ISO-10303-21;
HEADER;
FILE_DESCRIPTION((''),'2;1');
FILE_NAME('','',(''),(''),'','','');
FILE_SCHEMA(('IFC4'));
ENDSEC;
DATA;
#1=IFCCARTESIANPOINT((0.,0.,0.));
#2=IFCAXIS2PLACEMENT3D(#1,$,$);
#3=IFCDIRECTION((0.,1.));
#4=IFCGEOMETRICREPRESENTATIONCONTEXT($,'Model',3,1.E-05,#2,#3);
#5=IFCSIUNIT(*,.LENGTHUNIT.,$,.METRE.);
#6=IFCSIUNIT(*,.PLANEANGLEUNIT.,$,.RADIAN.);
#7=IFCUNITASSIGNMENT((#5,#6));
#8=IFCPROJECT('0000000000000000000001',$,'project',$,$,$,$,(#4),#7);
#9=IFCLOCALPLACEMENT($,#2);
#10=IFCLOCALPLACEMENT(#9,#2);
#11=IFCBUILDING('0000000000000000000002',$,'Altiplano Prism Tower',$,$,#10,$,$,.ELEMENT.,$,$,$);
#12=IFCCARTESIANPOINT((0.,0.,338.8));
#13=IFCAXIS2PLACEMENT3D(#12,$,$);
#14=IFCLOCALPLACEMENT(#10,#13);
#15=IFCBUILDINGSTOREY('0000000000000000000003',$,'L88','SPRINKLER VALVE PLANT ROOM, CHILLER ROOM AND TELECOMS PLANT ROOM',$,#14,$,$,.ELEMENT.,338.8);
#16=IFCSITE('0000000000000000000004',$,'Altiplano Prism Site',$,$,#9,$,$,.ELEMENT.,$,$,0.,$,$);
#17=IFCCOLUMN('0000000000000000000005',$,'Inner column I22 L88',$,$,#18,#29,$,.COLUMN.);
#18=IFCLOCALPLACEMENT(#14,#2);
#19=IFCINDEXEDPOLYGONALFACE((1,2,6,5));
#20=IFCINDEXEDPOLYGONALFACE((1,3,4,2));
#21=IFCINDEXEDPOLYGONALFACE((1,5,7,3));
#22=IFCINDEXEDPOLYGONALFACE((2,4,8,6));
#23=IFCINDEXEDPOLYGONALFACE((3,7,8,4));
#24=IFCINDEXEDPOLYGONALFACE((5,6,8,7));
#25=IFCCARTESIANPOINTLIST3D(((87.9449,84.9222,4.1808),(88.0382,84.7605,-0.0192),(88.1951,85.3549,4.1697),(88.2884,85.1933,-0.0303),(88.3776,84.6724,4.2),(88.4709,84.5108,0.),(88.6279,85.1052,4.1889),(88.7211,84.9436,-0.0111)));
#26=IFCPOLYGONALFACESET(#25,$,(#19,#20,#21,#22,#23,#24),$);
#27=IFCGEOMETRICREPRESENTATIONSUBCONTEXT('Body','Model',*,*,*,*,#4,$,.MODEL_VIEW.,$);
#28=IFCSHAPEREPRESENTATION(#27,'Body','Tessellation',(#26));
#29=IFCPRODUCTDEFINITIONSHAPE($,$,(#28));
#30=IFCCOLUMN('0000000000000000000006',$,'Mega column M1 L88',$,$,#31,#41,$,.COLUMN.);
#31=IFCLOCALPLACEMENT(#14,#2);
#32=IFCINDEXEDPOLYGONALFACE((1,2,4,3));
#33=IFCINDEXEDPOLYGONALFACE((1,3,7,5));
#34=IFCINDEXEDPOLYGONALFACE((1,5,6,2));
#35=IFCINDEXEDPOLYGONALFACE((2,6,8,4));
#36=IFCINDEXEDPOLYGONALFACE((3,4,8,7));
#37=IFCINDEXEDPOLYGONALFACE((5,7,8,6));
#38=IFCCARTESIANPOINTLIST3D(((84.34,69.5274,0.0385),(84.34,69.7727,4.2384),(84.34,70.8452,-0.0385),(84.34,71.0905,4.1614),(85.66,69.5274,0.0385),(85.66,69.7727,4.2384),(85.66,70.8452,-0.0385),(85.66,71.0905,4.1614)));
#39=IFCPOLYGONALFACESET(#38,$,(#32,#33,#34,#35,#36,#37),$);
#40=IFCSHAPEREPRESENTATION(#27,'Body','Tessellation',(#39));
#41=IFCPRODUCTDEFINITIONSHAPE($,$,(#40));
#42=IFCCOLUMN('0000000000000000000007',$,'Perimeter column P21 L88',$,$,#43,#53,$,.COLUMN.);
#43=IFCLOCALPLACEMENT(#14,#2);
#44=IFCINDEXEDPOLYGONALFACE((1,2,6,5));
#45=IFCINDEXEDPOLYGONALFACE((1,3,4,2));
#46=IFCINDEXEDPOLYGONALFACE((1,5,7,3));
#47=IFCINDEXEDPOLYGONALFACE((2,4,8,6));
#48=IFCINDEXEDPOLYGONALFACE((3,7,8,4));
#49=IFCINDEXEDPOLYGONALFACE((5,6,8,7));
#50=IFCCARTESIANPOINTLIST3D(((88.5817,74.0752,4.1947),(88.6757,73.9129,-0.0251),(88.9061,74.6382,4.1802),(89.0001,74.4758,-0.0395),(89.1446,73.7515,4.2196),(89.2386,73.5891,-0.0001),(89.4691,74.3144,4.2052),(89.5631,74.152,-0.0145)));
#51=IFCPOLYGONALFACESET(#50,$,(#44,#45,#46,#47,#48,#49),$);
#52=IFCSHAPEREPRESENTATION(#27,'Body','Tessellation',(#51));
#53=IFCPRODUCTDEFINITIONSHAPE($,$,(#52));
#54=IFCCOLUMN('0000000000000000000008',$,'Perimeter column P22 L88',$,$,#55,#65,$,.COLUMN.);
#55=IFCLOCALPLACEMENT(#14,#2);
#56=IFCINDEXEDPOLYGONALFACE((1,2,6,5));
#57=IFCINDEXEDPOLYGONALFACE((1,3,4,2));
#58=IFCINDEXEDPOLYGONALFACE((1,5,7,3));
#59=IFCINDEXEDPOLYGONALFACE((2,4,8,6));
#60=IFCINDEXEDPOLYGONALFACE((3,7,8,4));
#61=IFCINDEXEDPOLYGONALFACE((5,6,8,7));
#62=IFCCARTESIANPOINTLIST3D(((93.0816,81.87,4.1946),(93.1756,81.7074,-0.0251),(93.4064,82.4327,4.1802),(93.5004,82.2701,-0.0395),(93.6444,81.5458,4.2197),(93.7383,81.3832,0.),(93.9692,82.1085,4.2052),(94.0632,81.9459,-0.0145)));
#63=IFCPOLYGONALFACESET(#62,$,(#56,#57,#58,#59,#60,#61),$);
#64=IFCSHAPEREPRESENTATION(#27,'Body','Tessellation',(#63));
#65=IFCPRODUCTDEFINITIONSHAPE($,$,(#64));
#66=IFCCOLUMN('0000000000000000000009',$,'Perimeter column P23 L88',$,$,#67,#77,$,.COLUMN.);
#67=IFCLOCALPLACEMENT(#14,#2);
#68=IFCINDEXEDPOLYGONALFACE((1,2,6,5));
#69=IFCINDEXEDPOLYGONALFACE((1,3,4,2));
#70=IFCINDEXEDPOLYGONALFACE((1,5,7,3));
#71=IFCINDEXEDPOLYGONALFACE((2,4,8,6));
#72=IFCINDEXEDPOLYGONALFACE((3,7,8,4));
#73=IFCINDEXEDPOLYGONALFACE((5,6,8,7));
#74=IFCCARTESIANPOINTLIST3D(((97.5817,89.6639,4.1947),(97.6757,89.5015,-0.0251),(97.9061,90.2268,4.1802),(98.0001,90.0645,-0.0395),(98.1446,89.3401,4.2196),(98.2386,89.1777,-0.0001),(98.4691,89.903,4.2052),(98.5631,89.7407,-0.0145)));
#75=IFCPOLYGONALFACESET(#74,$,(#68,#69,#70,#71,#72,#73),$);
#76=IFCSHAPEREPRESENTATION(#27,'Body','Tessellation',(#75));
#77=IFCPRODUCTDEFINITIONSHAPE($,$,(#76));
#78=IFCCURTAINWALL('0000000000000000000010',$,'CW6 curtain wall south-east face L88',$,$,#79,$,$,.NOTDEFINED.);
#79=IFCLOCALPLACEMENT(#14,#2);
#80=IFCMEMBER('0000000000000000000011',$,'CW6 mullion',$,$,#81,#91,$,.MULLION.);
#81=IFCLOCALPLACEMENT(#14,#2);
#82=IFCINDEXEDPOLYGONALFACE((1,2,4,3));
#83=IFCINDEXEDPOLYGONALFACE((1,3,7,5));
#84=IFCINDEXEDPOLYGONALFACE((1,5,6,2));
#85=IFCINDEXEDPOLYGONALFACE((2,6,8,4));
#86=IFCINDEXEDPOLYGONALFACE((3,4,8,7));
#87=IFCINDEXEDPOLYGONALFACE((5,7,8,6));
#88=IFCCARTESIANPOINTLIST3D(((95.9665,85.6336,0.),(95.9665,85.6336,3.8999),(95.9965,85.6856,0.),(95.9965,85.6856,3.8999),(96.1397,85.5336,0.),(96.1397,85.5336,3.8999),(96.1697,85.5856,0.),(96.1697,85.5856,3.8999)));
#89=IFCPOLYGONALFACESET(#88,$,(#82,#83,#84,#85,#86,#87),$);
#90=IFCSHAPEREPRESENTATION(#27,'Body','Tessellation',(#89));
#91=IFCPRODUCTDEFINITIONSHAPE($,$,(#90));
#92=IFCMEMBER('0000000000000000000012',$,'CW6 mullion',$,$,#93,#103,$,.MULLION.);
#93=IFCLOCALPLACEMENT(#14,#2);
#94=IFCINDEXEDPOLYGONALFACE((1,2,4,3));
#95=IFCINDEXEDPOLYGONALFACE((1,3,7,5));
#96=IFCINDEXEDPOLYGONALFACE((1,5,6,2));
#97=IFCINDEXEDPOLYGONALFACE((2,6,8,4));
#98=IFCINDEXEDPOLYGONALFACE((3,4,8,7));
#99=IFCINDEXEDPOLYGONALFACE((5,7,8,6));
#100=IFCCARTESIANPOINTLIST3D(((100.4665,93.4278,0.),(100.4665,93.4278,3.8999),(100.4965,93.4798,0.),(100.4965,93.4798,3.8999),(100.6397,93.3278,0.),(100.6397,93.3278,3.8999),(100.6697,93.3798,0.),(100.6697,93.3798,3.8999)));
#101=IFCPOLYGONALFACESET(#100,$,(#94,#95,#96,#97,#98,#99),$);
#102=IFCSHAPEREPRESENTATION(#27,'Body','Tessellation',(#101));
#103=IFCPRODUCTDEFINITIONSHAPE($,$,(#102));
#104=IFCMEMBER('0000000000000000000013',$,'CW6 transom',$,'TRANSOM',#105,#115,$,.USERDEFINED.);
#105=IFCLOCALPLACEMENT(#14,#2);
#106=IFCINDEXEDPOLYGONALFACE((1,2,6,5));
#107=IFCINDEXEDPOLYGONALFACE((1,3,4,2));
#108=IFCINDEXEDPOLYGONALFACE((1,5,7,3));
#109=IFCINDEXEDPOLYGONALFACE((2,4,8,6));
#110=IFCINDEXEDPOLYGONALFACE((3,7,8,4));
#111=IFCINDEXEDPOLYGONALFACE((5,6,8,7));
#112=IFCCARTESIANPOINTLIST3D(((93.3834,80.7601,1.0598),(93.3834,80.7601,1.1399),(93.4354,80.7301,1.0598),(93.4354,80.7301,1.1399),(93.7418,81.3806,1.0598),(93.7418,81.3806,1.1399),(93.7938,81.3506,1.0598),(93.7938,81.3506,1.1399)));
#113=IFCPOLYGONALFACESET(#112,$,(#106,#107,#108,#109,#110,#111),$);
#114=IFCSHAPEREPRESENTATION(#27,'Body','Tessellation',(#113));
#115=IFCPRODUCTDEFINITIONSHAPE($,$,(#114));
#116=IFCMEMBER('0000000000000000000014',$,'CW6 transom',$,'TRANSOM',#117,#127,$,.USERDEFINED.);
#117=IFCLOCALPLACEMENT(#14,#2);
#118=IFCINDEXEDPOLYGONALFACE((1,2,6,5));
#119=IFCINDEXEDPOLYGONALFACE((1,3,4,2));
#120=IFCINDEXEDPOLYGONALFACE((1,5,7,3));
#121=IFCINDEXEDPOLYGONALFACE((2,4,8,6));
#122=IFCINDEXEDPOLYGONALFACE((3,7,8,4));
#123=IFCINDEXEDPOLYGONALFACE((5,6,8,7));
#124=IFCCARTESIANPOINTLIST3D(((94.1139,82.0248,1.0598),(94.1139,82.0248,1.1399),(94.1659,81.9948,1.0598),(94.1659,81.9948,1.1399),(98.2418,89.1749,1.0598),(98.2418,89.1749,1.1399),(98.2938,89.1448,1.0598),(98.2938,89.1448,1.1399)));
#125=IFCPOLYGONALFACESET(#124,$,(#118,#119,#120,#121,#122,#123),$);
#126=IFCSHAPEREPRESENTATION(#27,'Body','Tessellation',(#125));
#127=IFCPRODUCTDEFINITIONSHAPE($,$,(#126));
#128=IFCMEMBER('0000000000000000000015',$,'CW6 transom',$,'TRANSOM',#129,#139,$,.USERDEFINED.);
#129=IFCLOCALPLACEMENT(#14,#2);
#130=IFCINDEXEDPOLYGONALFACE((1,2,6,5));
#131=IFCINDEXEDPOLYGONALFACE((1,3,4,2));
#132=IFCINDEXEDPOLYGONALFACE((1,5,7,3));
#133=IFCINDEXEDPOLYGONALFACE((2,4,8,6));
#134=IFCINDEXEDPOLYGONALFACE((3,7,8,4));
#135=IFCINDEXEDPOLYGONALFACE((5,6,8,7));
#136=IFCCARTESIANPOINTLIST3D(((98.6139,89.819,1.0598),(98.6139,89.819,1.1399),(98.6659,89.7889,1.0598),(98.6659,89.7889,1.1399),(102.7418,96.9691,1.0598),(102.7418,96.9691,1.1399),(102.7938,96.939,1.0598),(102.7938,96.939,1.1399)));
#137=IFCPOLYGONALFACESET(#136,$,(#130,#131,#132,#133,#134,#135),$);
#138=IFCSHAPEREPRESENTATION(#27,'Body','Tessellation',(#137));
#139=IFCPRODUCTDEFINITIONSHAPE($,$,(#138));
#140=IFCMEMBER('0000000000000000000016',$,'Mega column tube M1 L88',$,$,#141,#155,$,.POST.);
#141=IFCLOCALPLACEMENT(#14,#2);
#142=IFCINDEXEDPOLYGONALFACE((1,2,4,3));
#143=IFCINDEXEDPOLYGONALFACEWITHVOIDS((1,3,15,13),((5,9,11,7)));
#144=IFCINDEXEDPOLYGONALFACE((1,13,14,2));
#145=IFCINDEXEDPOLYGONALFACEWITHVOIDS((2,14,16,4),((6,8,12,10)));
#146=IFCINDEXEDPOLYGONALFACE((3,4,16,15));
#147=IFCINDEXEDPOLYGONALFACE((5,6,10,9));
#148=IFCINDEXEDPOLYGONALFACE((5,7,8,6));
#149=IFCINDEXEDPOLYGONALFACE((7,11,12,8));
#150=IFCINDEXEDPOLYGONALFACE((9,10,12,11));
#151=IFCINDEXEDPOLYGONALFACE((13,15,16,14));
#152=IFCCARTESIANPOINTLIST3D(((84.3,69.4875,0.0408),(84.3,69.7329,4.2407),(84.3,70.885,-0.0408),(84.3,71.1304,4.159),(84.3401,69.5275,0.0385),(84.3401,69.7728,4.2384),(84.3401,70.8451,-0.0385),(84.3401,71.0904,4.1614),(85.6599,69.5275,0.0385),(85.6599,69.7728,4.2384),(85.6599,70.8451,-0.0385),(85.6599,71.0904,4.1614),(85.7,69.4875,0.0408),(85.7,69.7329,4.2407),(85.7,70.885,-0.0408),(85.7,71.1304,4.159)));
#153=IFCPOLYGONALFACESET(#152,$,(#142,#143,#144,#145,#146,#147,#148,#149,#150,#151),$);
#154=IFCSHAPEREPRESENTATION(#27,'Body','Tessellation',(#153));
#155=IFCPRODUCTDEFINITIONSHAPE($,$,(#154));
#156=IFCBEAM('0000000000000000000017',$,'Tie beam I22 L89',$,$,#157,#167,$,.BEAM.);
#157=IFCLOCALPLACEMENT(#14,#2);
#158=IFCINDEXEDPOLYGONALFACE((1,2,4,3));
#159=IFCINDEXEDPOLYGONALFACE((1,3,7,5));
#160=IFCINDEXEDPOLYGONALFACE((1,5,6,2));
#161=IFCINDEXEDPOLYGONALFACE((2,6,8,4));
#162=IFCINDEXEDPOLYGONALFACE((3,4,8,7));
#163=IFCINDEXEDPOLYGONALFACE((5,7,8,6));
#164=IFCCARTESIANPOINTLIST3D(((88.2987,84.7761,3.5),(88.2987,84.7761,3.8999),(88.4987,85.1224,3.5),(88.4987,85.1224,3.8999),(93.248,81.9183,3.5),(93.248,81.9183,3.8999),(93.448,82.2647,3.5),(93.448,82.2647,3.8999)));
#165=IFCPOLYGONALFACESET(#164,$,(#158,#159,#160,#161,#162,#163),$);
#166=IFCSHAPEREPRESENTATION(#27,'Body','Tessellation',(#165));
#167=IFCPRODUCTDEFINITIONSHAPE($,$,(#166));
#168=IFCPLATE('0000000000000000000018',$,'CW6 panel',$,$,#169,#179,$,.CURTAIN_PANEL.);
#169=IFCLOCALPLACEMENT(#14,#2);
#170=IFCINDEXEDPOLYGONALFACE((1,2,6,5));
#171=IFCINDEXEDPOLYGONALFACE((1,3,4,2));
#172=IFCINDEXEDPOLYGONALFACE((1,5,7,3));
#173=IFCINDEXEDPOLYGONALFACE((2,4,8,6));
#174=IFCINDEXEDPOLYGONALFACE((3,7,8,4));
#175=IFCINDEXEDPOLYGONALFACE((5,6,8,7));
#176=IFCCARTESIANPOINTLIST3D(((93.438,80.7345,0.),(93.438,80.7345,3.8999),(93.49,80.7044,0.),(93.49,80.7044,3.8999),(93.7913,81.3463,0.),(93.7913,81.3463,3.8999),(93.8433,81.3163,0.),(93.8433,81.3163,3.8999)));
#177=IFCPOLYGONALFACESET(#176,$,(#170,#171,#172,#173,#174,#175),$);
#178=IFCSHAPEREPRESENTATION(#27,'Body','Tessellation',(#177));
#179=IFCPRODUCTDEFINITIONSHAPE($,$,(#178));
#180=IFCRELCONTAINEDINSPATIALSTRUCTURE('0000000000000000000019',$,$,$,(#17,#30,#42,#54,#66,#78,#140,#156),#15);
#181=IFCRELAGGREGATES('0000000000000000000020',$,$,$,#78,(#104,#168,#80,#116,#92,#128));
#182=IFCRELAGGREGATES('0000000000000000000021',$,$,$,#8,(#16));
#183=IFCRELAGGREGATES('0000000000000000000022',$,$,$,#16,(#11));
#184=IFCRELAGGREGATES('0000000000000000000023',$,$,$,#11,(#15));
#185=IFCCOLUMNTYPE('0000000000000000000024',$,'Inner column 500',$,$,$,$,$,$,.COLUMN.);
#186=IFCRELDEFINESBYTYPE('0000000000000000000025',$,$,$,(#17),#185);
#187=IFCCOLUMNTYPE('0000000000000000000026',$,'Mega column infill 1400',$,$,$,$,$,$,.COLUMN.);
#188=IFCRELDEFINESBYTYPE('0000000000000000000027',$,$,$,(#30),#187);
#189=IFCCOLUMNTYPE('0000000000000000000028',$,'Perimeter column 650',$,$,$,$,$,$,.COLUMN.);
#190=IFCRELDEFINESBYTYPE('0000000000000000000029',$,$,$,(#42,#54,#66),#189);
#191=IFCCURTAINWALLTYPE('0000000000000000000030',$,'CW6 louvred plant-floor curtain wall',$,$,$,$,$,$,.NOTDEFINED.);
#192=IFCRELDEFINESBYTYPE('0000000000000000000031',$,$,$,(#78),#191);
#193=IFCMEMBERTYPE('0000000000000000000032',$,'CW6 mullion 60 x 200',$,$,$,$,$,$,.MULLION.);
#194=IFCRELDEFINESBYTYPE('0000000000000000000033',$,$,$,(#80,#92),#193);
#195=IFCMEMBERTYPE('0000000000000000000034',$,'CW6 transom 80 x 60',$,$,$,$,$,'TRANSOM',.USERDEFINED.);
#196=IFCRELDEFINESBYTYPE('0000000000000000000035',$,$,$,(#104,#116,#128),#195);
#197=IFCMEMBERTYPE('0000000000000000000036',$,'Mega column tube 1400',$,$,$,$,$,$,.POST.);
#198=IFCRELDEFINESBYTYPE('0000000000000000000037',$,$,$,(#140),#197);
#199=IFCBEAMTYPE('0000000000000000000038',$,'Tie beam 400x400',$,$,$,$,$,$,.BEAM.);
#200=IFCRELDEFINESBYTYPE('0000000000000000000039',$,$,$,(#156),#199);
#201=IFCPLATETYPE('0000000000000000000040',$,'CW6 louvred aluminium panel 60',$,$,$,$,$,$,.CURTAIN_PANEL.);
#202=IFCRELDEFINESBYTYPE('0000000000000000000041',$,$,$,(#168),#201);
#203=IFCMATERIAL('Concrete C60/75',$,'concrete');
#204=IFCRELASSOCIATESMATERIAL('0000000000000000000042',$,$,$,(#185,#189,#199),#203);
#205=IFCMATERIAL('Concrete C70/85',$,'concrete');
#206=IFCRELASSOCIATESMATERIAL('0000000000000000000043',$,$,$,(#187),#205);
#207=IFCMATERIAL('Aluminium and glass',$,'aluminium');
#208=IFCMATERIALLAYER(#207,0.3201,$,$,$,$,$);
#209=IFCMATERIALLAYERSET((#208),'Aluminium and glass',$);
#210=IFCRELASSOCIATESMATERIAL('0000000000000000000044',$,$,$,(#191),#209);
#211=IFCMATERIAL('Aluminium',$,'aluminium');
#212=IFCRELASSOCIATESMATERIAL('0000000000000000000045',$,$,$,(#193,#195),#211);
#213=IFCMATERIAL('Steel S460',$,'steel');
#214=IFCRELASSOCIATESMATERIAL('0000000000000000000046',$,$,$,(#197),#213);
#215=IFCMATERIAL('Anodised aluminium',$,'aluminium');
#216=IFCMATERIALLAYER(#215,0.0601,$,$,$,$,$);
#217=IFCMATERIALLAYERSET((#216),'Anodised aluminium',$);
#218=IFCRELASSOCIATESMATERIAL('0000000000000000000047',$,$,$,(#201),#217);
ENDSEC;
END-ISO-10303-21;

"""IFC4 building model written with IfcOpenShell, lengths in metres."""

from ifc_helpers import new_model, si_unit, direction, frame, origin, origin_2d, place, context, subcontext, project, spatial, rectangle, hollow_rectangle, extrude, material, layer, layer_set, material_profile, profile_set, type_object, element, aggregate, save


model = new_model("IFC4")

# Units and contexts
model_context = context("Model", 3, precision=1e-05, world=origin(), true_north=direction((0.0, 1.0)))
body_context = subcontext(model_context, "Body", "Model", "MODEL_VIEW")
ifc_project = project(units=[si_unit("LENGTHUNIT", "METRE"), si_unit("PLANEANGLEUNIT", "RADIAN")], contexts=[model_context])

# Site, building, storey
site_placement = place(None, origin())
site = spatial("IfcSite", under=ifc_project, at=site_placement, Name="Altiplano Prism Site", CompositionType="ELEMENT", RefElevation=0.0)
building_placement = place(site_placement, origin())
building = spatial("IfcBuilding", under=site, at=building_placement, Name="Altiplano Prism Tower", CompositionType="ELEMENT")
storey_placement = place(building_placement, frame((0.0, 0.0, 338.8)))
storey = spatial("IfcBuildingStorey", under=building, at=storey_placement, Name="L88", Description="SPRINKLER VALVE PLANT ROOM, CHILLER ROOM AND TELECOMS PLANT ROOM", CompositionType="ELEMENT", Elevation=338.8)

# Columns
ifc_material_1 = material(Name="Concrete C60/75", Category="concrete")
ifc_material_profile_1 = material_profile(ifc_material_1, rectangle(XDim=0.5, YDim=0.5, at=origin_2d()), Name="Inner column 500")
ifc_profile_set_1 = profile_set([ifc_material_profile_1], Name="Concrete C60/75")
column_type_1 = type_object("IfcColumnType", Name="Inner column 500", PredefinedType="COLUMN", material=ifc_profile_set_1)
column_1_placement = place(storey_placement, frame((88.3796, 84.8521, -0.0151), z_axis=(-0.022184, 0.038444, 0.999014), x_axis=(-0.50045, -0.865481, 0.022192)))
element("IfcColumn", 1, at=column_1_placement, inside=storey, type_object=column_type_1, Name="Inner column I22 L88", PredefinedType="COLUMN", context=body_context, shape_type="SweptSolid", body=[
    extrude(rectangle(XDim=0.5, YDim=0.5, at=origin_2d()), origin(), (0.0, 0.0, 1.0), 4.2041),
])
ifc_material_2 = material(Name="Concrete C70/85", Category="concrete")
ifc_material_profile_2 = material_profile(ifc_material_2, rectangle(XDim=1.3201, YDim=1.3201, at=origin_2d()), Name="Mega column infill 1400")
ifc_profile_set_2 = profile_set([ifc_material_profile_2], Name="Concrete C70/85")
column_type_2 = type_object("IfcColumnType", Name="Mega column infill 1400", PredefinedType="COLUMN", material=ifc_profile_set_2)
column_2_placement = place(storey_placement, frame((85.0, 70.1863, 0.0), z_axis=(0.0, 0.058321, 0.998298), x_axis=(-1.0, 0.0, 0.0)))
element("IfcColumn", 2, at=column_2_placement, inside=storey, type_object=column_type_2, Name="Mega column M1 L88", PredefinedType="COLUMN", context=body_context, shape_type="SweptSolid", body=[
    extrude(rectangle(XDim=1.3201, YDim=1.3201, at=origin_2d()), origin(), (0.0, 0.0, 1.0), 4.207),
])
ifc_material_profile_3 = material_profile(ifc_material_1, rectangle(XDim=0.6499, YDim=0.6499, at=origin_2d()), Name="Perimeter column 650")
ifc_profile_set_3 = profile_set([ifc_material_profile_3], Name="Concrete C60/75")
column_type_3 = type_object("IfcColumnType", Name="Perimeter column 650", PredefinedType="COLUMN", material=ifc_profile_set_3)
for number, where, z_axis, x_axis, name in (
    (3, (89.1194, 74.0325, -0.0198), (-0.022253, 0.038437, 0.999013), (-0.49921, -0.866197, 0.022207), "Perimeter column P21 L88"),
    (4, (93.6194, 81.8267, -0.0198), (-0.022253, 0.038495, 0.999011), (-0.499776, -0.865869, 0.022232), "Perimeter column P22 L88"),
    (5, (98.1194, 89.6211, -0.0198), (-0.022253, 0.038437, 0.999013), (-0.499206, -0.866199, 0.022207), "Perimeter column P23 L88"),
):
    element("IfcColumn", number, at=place(storey_placement, frame(where, z_axis=z_axis, x_axis=x_axis)), inside=storey, type_object=column_type_3, Name=name, PredefinedType="COLUMN", context=body_context, shape_type="SweptSolid", body=[
        extrude(rectangle(XDim=0.6499, YDim=0.6499, at=origin_2d()), origin(), (0.0, 0.0, 1.0), 4.2239),
    ])

# Curtain wall, members
ifc_material_3 = material(Name="Aluminium and glass", Category="aluminium")
ifc_layer_1 = layer(ifc_material_3, 0.3201)
ifc_layer_set_1 = layer_set([ifc_layer_1], Name="Aluminium and glass")
curtain_wall_type = type_object("IfcCurtainWallType", Name="CW6 louvred plant-floor curtain wall", PredefinedType="NOTDEFINED", material=ifc_layer_set_1)
curtain_wall_placement = place(storey_placement, origin())
curtain_wall = element("IfcCurtainWall", 6, at=curtain_wall_placement, inside=storey, type_object=curtain_wall_type, Name="CW6 curtain wall south-east face L88", PredefinedType="NOTDEFINED")
ifc_material_4 = material(Name="Aluminium", Category="aluminium")
ifc_material_profile_4 = material_profile(ifc_material_4, rectangle(XDim=0.2, YDim=0.0601, at=origin_2d()), Name="CW6 mullion 60 x 200")
ifc_profile_set_4 = profile_set([ifc_material_profile_4], Name="Aluminium")
member_type_1 = type_object("IfcMemberType", Name="CW6 mullion 60 x 200", PredefinedType="MULLION", material=ifc_profile_set_4)
member_1_placement = place(storey_placement, frame((96.0681, 85.6096, 0.0), z_axis=(0.0, 0.0, 1.0), x_axis=(-0.866025, 0.5, 0.0)))
member_1 = element("IfcMember", 7, at=member_1_placement, type_object=member_type_1, Name="CW6 mullion", PredefinedType="MULLION", context=body_context, shape_type="SweptSolid", body=[
    extrude(rectangle(XDim=0.2, YDim=0.0601, at=origin_2d()), origin(), (0.0, 0.0, 1.0), 3.8999),
])
member_2_placement = place(storey_placement, frame((100.5681, 93.4038, 0.0), z_axis=(0.0, 0.0, 1.0), x_axis=(-0.866025, 0.5, 0.0)))
member_2 = element("IfcMember", 8, at=member_2_placement, type_object=member_type_1, Name="CW6 mullion", PredefinedType="MULLION", context=body_context, shape_type="SweptSolid", body=[
    extrude(rectangle(XDim=0.2, YDim=0.0601, at=origin_2d()), origin(), (0.0, 0.0, 1.0), 3.8999),
])
ifc_material_profile_5 = material_profile(ifc_material_4, rectangle(XDim=0.0601, YDim=0.0801, at=origin_2d()), Name="CW6 transom 80 x 60")
ifc_profile_set_5 = profile_set([ifc_material_profile_5], Name="Aluminium")
member_type_2 = type_object("IfcMemberType", Name="CW6 transom 80 x 60", ElementType="TRANSOM", PredefinedType="USERDEFINED", material=ifc_profile_set_5)
member_3_placement = place(storey_placement, frame((93.4094, 80.7451, 1.0999), z_axis=(0.500096, 0.86597, 0.0), x_axis=(-0.86597, 0.500096, 0.0)))
member_3 = element("IfcMember", 9, at=member_3_placement, type_object=member_type_2, Name="CW6 transom", ObjectType="TRANSOM", PredefinedType="USERDEFINED", context=body_context, shape_type="SweptSolid", body=[
    extrude(rectangle(XDim=0.0601, YDim=0.0801, at=origin_2d()), origin(), (0.0, 0.0, 1.0), 0.7166),
])
member_4_placement = place(storey_placement, frame((94.1399, 82.0098, 1.0999), z_axis=(0.499981, 0.866036, 0.0), x_axis=(-0.866036, 0.499981, 0.0)))
member_4 = element("IfcMember", 10, at=member_4_placement, type_object=member_type_2, Name="CW6 transom", ObjectType="TRANSOM", PredefinedType="USERDEFINED", context=body_context, shape_type="SweptSolid", body=[
    extrude(rectangle(XDim=0.0601, YDim=0.0801, at=origin_2d()), origin(), (0.0, 0.0, 1.0), 8.2561),
])
member_5_placement = place(storey_placement, frame((98.6399, 89.804, 1.0999), z_axis=(0.499981, 0.866036, 0.0), x_axis=(-0.866036, 0.499981, 0.0)))
member_5 = element("IfcMember", 11, at=member_5_placement, type_object=member_type_2, Name="CW6 transom", ObjectType="TRANSOM", PredefinedType="USERDEFINED", context=body_context, shape_type="SweptSolid", body=[
    extrude(rectangle(XDim=0.0601, YDim=0.0801, at=origin_2d()), origin(), (0.0, 0.0, 1.0), 8.2561),
])

# Member
ifc_material_5 = material(Name="Steel S460", Category="steel")
ifc_material_profile_6 = material_profile(ifc_material_5, hollow_rectangle(XDim=1.3999, YDim=1.3999, WallThickness=0.04, at=origin_2d()), Name="Mega column tube 1400")
ifc_profile_set_6 = profile_set([ifc_material_profile_6], Name="Steel S460")
member_type_3 = type_object("IfcMemberType", Name="Mega column tube 1400", PredefinedType="POST", material=ifc_profile_set_6)
member_6_placement = place(storey_placement, frame((85.0, 70.1863, 0.0), z_axis=(0.0, 0.058321, 0.998298), x_axis=(-1.0, 0.0, 0.0)))
element("IfcMember", 12, at=member_6_placement, inside=storey, type_object=member_type_3, Name="Mega column tube M1 L88", PredefinedType="POST", context=body_context, shape_type="SweptSolid", body=[
    extrude(hollow_rectangle(XDim=1.3999, YDim=1.3999, WallThickness=0.04, at=origin_2d()), origin(), (0.0, 0.0, 1.0), 4.207),
])

# Beam
ifc_material_profile_7 = material_profile(ifc_material_1, rectangle(XDim=0.3999, YDim=0.3999, at=origin_2d()), Name="Tie beam 400x400")
ifc_profile_set_7 = profile_set([ifc_material_profile_7], Name="Concrete C60/75")
beam_type = type_object("IfcBeamType", Name="Tie beam 400x400", PredefinedType="BEAM", material=ifc_profile_set_7)
beam_placement = place(storey_placement, frame((88.3987, 84.9492, 3.7), z_axis=(0.866008, -0.500031, 0.0), x_axis=(0.500031, 0.866008, 0.0)))
element("IfcBeam", 13, at=beam_placement, inside=storey, type_object=beam_type, Name="Tie beam I22 L89", PredefinedType="BEAM", context=body_context, shape_type="SweptSolid", body=[
    extrude(rectangle(XDim=0.3999, YDim=0.3999, at=origin_2d()), origin(), (0.0, 0.0, 1.0), 5.7151),
])

# Plate
ifc_material_6 = material(Name="Anodised aluminium", Category="aluminium")
ifc_layer_2 = layer(ifc_material_6, 0.0601)
ifc_layer_set_2 = layer_set([ifc_layer_2], Name="Anodised aluminium")
plate_type = type_object("IfcPlateType", Name="CW6 louvred aluminium panel 60", PredefinedType="CURTAIN_PANEL", material=ifc_layer_set_2)
plate_1_placement = place(storey_placement, frame((93.6406, 81.0254, 0.0), z_axis=(0.0, 0.0, 1.0), x_axis=(0.5, 0.866025, 0.0)))
plate_1 = element("IfcPlate", 14, at=plate_1_placement, type_object=plate_type, Name="CW6 panel", PredefinedType="CURTAIN_PANEL", context=body_context, shape_type="SweptSolid", body=[
    extrude(rectangle(XDim=0.7065, YDim=0.0601, at=origin_2d()), origin(), (0.0, 0.0, 1.0), 3.8999),
])
aggregate(curtain_wall, [member_3, plate_1, member_1, member_4, member_2, member_5])

save(model, "model.ifc")
